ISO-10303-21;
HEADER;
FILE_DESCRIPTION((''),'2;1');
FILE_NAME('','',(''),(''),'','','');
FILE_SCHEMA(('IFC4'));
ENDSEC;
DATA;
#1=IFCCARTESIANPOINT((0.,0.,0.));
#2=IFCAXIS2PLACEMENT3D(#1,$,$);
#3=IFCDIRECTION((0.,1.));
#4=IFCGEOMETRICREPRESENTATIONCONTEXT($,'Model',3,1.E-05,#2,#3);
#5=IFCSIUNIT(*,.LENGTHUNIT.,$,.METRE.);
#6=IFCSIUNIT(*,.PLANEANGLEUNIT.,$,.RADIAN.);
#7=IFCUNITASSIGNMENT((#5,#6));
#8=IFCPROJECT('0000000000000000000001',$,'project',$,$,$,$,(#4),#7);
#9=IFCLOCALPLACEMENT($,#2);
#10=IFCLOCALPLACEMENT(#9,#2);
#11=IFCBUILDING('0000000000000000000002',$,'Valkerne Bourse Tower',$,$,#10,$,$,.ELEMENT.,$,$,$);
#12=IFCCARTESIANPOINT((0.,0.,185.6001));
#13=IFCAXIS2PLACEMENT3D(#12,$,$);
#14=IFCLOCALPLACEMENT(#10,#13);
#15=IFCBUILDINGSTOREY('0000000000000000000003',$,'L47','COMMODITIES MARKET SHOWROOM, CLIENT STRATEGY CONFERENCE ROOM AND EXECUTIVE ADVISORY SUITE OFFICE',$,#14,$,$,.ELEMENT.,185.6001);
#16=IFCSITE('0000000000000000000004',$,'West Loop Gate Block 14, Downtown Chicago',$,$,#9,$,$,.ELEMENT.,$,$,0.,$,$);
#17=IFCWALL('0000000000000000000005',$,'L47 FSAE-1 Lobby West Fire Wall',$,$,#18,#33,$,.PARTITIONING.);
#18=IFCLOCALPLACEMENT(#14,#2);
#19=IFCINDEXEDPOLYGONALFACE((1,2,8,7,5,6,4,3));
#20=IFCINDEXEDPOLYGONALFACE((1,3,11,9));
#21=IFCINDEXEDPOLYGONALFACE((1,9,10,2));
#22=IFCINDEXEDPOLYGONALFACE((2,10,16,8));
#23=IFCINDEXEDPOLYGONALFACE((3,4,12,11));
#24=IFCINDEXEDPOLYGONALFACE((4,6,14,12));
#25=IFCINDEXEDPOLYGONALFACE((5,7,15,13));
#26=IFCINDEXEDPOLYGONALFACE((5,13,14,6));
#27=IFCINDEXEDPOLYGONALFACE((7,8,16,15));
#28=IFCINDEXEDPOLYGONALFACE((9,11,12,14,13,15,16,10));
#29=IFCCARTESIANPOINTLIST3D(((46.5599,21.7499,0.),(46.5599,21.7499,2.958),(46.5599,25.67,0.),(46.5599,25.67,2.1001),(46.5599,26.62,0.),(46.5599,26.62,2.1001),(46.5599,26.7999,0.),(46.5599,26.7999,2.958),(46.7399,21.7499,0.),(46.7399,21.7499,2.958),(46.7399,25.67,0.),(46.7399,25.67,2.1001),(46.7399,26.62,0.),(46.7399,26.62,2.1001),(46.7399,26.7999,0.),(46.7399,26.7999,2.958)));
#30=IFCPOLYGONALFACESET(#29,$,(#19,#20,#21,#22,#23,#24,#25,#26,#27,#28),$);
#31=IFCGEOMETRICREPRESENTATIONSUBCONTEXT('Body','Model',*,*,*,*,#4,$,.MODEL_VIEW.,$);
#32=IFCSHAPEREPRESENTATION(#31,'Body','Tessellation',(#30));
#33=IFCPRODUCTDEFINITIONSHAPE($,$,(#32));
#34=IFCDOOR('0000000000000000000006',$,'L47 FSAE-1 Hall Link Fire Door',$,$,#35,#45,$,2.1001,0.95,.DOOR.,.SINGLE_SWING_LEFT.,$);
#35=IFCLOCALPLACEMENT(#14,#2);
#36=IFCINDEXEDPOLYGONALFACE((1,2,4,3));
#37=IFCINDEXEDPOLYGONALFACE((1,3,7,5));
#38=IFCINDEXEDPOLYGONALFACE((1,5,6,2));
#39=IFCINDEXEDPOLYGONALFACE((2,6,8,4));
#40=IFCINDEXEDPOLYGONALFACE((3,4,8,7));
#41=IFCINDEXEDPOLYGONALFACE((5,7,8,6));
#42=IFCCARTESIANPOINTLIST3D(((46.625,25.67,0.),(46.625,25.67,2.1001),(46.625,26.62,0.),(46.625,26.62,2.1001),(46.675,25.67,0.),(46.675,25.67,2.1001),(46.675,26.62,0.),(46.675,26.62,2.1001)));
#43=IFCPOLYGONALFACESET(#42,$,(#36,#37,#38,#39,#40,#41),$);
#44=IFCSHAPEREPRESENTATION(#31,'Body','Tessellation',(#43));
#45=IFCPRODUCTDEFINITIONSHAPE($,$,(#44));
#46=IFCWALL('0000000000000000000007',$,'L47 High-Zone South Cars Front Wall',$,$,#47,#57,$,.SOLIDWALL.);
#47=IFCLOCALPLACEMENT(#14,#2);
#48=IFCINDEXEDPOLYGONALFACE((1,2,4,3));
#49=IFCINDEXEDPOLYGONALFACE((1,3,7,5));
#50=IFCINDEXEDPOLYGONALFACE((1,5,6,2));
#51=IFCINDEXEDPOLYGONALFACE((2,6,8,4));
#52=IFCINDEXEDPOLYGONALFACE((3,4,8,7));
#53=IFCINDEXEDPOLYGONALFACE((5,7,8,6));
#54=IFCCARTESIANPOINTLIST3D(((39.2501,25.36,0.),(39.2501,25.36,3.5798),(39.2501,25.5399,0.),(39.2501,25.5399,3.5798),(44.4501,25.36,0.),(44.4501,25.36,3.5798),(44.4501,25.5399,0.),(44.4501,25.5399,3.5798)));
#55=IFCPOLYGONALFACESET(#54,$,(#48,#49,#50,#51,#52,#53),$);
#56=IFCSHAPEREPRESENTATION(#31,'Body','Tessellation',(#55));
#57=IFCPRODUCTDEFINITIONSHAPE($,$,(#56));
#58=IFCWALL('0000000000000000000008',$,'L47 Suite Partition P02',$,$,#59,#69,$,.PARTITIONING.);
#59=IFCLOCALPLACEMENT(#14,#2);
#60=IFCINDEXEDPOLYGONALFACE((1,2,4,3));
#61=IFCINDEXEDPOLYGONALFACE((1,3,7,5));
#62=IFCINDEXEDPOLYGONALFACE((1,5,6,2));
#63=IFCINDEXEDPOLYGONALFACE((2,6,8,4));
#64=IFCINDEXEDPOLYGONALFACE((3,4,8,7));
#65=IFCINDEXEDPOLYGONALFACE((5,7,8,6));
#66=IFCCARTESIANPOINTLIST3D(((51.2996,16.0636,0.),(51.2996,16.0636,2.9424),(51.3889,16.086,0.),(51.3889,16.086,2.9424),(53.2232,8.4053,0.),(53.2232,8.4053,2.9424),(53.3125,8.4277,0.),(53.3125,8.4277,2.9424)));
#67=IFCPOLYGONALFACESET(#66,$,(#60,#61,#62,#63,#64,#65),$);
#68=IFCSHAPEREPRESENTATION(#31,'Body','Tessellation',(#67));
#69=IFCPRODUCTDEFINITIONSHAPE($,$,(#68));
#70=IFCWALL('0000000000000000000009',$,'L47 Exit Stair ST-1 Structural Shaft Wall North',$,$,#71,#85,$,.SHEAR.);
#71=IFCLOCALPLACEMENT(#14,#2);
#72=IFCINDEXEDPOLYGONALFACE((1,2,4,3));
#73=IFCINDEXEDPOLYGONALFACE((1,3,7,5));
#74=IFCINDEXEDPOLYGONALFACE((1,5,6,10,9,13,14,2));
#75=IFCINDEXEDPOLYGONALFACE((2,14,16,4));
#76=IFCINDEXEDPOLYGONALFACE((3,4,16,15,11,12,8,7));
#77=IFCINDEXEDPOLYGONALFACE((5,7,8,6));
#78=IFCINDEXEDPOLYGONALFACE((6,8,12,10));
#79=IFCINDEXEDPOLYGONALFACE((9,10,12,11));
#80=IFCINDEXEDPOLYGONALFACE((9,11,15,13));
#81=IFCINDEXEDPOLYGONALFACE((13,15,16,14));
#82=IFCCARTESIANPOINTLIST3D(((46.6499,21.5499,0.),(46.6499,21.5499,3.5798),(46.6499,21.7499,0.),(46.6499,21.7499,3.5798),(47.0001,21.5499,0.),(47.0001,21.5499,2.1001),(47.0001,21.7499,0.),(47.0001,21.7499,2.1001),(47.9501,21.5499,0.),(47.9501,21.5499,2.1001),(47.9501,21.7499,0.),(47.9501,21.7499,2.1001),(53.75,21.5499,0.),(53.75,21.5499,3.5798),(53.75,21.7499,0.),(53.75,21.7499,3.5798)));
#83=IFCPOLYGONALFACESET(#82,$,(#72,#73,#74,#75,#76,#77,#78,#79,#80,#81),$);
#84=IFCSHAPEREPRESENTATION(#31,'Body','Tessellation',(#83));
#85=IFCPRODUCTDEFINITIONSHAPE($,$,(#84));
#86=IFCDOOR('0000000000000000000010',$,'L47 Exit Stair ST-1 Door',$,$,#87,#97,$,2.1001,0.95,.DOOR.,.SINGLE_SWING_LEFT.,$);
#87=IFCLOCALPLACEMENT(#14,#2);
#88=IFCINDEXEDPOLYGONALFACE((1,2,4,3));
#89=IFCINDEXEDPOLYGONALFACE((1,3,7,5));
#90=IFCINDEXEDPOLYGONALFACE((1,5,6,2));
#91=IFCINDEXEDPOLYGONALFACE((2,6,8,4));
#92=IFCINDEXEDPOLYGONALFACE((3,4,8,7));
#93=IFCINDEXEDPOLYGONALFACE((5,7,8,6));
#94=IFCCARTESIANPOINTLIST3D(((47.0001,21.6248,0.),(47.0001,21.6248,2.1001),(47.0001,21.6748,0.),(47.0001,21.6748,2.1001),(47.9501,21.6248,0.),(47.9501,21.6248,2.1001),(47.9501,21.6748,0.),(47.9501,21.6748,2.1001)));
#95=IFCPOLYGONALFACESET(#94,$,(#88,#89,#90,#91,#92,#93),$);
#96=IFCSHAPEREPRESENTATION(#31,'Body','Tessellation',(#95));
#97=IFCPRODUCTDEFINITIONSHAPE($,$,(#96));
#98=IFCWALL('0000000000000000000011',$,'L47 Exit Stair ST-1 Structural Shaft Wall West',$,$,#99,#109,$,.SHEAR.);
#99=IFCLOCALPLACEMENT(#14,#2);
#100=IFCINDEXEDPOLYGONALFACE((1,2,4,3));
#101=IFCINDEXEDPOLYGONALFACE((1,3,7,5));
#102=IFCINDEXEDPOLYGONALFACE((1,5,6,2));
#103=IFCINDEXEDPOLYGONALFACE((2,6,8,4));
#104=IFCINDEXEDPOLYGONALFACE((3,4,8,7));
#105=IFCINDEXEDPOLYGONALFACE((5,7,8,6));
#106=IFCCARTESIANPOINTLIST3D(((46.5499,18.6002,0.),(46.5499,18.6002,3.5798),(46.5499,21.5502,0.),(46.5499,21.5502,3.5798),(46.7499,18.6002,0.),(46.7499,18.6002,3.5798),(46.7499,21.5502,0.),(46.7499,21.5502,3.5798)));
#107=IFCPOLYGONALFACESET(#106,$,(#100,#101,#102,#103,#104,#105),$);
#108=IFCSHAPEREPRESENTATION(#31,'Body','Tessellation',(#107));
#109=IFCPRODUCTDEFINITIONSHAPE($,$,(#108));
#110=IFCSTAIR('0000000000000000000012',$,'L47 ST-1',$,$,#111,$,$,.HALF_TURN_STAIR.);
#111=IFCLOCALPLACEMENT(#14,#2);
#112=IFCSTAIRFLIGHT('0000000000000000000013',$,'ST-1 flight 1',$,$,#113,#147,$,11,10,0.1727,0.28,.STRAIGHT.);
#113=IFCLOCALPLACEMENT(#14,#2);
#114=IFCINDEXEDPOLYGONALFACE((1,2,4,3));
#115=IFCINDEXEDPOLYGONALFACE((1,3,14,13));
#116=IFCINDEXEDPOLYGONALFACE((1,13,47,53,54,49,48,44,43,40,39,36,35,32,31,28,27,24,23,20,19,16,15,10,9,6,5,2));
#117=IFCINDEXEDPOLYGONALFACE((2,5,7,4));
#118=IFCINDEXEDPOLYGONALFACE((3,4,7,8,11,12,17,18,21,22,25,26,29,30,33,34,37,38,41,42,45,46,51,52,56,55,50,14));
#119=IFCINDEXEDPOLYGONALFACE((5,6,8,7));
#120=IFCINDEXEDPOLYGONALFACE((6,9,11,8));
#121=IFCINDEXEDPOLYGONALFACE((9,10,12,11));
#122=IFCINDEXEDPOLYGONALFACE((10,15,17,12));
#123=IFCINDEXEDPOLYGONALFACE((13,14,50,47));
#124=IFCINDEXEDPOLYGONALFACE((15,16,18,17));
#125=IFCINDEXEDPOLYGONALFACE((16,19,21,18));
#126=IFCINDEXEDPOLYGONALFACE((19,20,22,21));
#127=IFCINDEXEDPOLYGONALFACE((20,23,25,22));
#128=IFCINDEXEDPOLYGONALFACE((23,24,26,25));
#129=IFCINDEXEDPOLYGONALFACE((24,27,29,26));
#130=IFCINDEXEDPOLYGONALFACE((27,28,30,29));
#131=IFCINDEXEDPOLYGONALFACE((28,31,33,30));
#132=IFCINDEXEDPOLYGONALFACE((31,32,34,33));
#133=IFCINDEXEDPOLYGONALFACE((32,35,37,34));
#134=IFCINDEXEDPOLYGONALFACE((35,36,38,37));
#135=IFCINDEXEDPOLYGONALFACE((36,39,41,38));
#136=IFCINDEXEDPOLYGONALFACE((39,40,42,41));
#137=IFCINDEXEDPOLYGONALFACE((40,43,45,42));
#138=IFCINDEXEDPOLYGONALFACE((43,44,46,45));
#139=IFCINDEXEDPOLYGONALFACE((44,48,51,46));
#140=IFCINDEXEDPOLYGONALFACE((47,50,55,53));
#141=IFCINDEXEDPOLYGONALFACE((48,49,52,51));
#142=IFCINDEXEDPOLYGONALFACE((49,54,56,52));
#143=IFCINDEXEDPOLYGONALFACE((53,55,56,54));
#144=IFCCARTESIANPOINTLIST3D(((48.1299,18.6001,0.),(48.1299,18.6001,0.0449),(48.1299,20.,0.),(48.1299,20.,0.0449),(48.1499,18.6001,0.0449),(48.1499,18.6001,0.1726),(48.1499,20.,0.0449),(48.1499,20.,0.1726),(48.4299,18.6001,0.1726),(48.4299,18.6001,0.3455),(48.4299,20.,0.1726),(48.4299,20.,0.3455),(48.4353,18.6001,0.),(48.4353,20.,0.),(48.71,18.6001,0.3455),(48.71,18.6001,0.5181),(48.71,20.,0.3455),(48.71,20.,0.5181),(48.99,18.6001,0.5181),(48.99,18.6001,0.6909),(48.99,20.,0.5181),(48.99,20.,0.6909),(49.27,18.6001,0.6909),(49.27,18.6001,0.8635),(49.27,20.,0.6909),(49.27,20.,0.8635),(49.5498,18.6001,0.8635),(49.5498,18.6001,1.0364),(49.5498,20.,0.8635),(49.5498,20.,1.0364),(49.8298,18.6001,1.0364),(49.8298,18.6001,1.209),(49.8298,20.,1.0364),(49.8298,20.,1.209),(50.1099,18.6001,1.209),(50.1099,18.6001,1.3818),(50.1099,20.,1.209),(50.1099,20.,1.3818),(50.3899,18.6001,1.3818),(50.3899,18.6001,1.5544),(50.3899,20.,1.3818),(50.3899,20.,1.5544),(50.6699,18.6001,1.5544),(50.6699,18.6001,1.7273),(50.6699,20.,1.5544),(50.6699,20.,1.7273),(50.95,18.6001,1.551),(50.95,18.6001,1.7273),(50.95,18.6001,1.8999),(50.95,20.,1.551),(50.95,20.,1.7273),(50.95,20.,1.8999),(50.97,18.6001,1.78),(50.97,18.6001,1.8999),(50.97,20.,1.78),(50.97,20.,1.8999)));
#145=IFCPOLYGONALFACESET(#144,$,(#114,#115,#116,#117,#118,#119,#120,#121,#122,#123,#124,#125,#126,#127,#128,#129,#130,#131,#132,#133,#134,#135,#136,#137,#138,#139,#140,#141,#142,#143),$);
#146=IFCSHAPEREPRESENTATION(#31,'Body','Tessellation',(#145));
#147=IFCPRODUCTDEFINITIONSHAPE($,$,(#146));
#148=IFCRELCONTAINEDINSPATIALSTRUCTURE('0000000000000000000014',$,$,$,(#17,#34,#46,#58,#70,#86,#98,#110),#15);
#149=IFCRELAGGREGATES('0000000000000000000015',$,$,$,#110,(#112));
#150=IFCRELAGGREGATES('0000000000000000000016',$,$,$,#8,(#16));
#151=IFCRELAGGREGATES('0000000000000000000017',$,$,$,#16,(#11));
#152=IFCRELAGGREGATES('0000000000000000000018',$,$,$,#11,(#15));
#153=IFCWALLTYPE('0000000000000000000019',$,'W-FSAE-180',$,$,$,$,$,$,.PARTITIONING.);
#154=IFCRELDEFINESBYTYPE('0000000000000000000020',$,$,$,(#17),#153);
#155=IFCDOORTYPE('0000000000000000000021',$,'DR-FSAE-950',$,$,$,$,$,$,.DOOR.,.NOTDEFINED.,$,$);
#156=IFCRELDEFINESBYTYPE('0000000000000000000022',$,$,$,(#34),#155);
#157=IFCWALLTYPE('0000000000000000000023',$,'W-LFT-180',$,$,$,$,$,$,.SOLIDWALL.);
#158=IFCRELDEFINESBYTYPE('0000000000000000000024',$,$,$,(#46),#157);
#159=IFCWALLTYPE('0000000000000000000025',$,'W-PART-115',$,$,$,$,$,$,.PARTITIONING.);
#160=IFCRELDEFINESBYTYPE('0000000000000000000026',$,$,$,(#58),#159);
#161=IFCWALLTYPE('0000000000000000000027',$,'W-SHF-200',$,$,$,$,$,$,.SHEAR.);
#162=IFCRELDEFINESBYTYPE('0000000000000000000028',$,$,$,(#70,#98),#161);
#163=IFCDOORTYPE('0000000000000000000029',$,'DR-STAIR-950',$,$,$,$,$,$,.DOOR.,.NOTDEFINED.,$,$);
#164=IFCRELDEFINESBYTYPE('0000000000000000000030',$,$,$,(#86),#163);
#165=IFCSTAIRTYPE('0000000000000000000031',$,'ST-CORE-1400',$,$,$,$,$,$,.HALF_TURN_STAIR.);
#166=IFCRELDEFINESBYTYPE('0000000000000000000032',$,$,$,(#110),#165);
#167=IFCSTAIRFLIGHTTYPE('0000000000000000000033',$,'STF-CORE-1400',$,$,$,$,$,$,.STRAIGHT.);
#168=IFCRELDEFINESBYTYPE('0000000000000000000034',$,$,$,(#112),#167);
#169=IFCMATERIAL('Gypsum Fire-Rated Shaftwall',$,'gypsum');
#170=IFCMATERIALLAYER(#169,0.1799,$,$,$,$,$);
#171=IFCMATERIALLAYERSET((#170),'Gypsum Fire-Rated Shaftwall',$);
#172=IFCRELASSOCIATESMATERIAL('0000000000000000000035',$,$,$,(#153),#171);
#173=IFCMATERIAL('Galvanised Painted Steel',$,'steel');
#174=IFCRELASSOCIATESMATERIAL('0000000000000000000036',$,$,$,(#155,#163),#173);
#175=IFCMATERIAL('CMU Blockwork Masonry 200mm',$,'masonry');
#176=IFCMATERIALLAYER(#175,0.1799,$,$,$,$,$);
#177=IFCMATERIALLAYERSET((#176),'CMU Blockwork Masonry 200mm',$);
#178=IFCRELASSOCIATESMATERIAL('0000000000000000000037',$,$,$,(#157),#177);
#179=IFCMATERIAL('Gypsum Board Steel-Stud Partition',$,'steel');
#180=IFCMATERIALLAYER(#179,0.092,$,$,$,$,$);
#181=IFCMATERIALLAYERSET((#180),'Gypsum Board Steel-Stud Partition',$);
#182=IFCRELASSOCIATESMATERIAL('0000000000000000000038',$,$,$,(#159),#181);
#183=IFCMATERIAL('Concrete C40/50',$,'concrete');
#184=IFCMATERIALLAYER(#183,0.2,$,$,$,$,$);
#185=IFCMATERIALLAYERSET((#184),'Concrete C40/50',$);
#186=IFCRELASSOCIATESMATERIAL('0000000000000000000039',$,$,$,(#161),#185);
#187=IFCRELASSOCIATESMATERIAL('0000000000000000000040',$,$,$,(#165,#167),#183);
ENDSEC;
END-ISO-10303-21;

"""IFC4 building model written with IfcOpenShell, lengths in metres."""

from ifc_helpers import new_model, si_unit, direction, frame, frame_2d, origin, place, context, subcontext, project, spatial, polyline, rectangle, outline, extrude, material, layer, layer_set, type_object, element, fill, aggregate, save


model = new_model("IFC4")

# Units and contexts
model_context = context("Model", 3, precision=1e-05, world=origin(), true_north=direction((0.0, 1.0)))
body_context = subcontext(model_context, "Body", "Model", "MODEL_VIEW")
ifc_project = project(units=[si_unit("LENGTHUNIT", "METRE"), si_unit("PLANEANGLEUNIT", "RADIAN")], contexts=[model_context])

# Site, building, storey
site_placement = place(None, origin())
site = spatial("IfcSite", under=ifc_project, at=site_placement, Name="West Loop Gate Block 14, Downtown Chicago", CompositionType="ELEMENT", RefElevation=0.0)
building_placement = place(site_placement, origin())
building = spatial("IfcBuilding", under=site, at=building_placement, Name="Valkerne Bourse Tower", CompositionType="ELEMENT")
storey_placement = place(building_placement, frame((0.0, 0.0, 185.6001)))
storey = spatial("IfcBuildingStorey", under=building, at=storey_placement, Name="L47", Description="COMMODITIES MARKET SHOWROOM, CLIENT STRATEGY CONFERENCE ROOM AND EXECUTIVE ADVISORY SUITE OFFICE", CompositionType="ELEMENT", Elevation=185.6001)

# Wall, opening, door
ifc_material_1 = material(Name="Gypsum Board Steel-Stud Partition", Category="steel")
ifc_material_2 = material(Name="Galvanised Painted Steel", Category="steel")
ifc_material_3 = material(Name="Gypsum Fire-Rated Shaftwall", Category="gypsum")
ifc_layer_1 = layer(ifc_material_3, 0.1799)
ifc_layer_set_1 = layer_set([ifc_layer_1], Name="Gypsum Fire-Rated Shaftwall")
wall_type_1 = type_object("IfcWallType", Name="W-FSAE-180", PredefinedType="PARTITIONING", material=ifc_layer_set_1)
wall_1_placement = place(storey_placement, frame((46.6499, 21.75, 0.0), z_axis=(0.0, 0.0, 1.0), x_axis=(0.0, 1.0, 0.0)))
wall_1 = element("IfcWall", 1, at=wall_1_placement, inside=storey, type_object=wall_type_1, Name="L47 FSAE-1 Lobby West Fire Wall", PredefinedType="PARTITIONING", context=body_context, shape_type="SweptSolid", body=[
    extrude(rectangle(XDim=5.05, YDim=0.1799, at=frame_2d((2.5249, 0.0))), origin(), (0.0, 0.0, 1.0), 2.958),
])
opening_1_placement = place(wall_1_placement, frame((3.9199, 0.0, 0.0)))
opening_1 = element("IfcOpeningElement", 2, at=opening_1_placement, cuts=wall_1, PredefinedType="OPENING", context=body_context, shape_type="SweptSolid", body=[
    extrude(rectangle(XDim=0.95, YDim=2.1001, at=frame_2d((0.4751, 1.05))), frame((0.0, 0.0999, 0.0), z_axis=(0.0, -1.0, 0.0), x_axis=(1.0, 0.0, 0.0)), (0.0, 0.0, 1.0), 0.2),
])
door_type_1 = type_object("IfcDoorType", Name="DR-FSAE-950", OperationType="NOTDEFINED", PredefinedType="DOOR", material=ifc_material_2)
door_1_placement = place(opening_1_placement, origin())
door_1 = element("IfcDoor", 3, at=door_1_placement, inside=storey, type_object=door_type_1, Name="L47 FSAE-1 Hall Link Fire Door", OperationType="SINGLE_SWING_LEFT", OverallHeight=2.1001, OverallWidth=0.95, PredefinedType="DOOR", context=body_context, shape_type="SweptSolid", body=[
    extrude(rectangle(XDim=0.95, YDim=2.1001, at=frame_2d((0.4751, 1.05))), frame((0.0, 0.0249, 0.0), z_axis=(0.0, -1.0, 0.0), x_axis=(1.0, 0.0, 0.0)), (0.0, 0.0, 1.0), 0.05),
])
fill(opening_1, door_1)

# Walls
ifc_material_4 = material(Name="CMU Blockwork Masonry 200mm", Category="masonry")
ifc_layer_2 = layer(ifc_material_4, 0.1799)
ifc_layer_set_2 = layer_set([ifc_layer_2], Name="CMU Blockwork Masonry 200mm")
wall_type_2 = type_object("IfcWallType", Name="W-LFT-180", PredefinedType="SOLIDWALL", material=ifc_layer_set_2)
wall_2_placement = place(storey_placement, frame((39.25, 25.45, 0.0), z_axis=(0.0, 0.0, 1.0), x_axis=(1.0, 0.0, 0.0)))
element("IfcWall", 4, at=wall_2_placement, inside=storey, type_object=wall_type_2, Name="L47 High-Zone South Cars Front Wall", PredefinedType="SOLIDWALL", context=body_context, shape_type="SweptSolid", body=[
    extrude(rectangle(XDim=5.2, YDim=0.1799, at=frame_2d((2.6001, 0.0))), origin(), (0.0, 0.0, 1.0), 3.5798),
])
ifc_layer_3 = layer(ifc_material_1, 0.092)
ifc_layer_set_3 = layer_set([ifc_layer_3], Name="Gypsum Board Steel-Stud Partition")
wall_type_3 = type_object("IfcWallType", Name="W-PART-115", PredefinedType="PARTITIONING", material=ifc_layer_set_3)
wall_3_placement = place(storey_placement, frame((51.3442, 16.075, 0.0), z_axis=(0.0, 0.0, 1.0), x_axis=(0.243605, -0.969875, 0.0)))
element("IfcWall", 5, at=wall_3_placement, inside=storey, type_object=wall_type_3, Name="L47 Suite Partition P02", PredefinedType="PARTITIONING", context=body_context, shape_type="SweptSolid", body=[
    extrude(rectangle(XDim=7.8962, YDim=0.092, at=frame_2d((3.9482, 0.0))), origin(), (0.0, 0.0, 1.0), 2.9424),
])

# Wall, opening, door
ifc_material_5 = material(Name="Concrete C40/50", Category="concrete")
ifc_layer_4 = layer(ifc_material_5, 0.2)
ifc_layer_set_4 = layer_set([ifc_layer_4], Name="Concrete C40/50")
wall_type_4 = type_object("IfcWallType", Name="W-SHF-200", PredefinedType="SHEAR", material=ifc_layer_set_4)
wall_4_placement = place(storey_placement, frame((46.6499, 21.6499, 0.0), z_axis=(0.0, 0.0, 1.0), x_axis=(1.0, 0.0, 0.0)))
wall_4 = element("IfcWall", 6, at=wall_4_placement, inside=storey, type_object=wall_type_4, Name="L47 Exit Stair ST-1 Structural Shaft Wall North", PredefinedType="SHEAR", context=body_context, shape_type="SweptSolid", body=[
    extrude(rectangle(XDim=7.1001, YDim=0.2, at=frame_2d((3.55, 0.0))), origin(), (0.0, 0.0, 1.0), 3.5798),
])
opening_2_placement = place(wall_4_placement, frame((0.3501, 0.0, 0.0)))
opening_2 = element("IfcOpeningElement", 7, at=opening_2_placement, cuts=wall_4, PredefinedType="OPENING", context=body_context, shape_type="SweptSolid", body=[
    extrude(rectangle(XDim=0.95, YDim=2.1001, at=frame_2d((0.4751, 1.05))), frame((0.0, 0.1099, 0.0), z_axis=(0.0, -1.0, 0.0), x_axis=(1.0, 0.0, 0.0)), (0.0, 0.0, 1.0), 0.22),
])
door_type_2 = type_object("IfcDoorType", Name="DR-STAIR-950", OperationType="NOTDEFINED", PredefinedType="DOOR", material=ifc_material_2)
door_2_placement = place(opening_2_placement, origin())
door_2 = element("IfcDoor", 8, at=door_2_placement, inside=storey, type_object=door_type_2, Name="L47 Exit Stair ST-1 Door", OperationType="SINGLE_SWING_LEFT", OverallHeight=2.1001, OverallWidth=0.95, PredefinedType="DOOR", context=body_context, shape_type="SweptSolid", body=[
    extrude(rectangle(XDim=0.95, YDim=2.1001, at=frame_2d((0.4751, 1.05))), frame((0.0, 0.0249, 0.0), z_axis=(0.0, -1.0, 0.0), x_axis=(1.0, 0.0, 0.0)), (0.0, 0.0, 1.0), 0.05),
])
fill(opening_2, door_2)

# Wall
wall_5_placement = place(storey_placement, frame((46.6499, 18.6001, 0.0), z_axis=(0.0, 0.0, 1.0), x_axis=(0.0, 1.0, 0.0)))
element("IfcWall", 9, at=wall_5_placement, inside=storey, type_object=wall_type_4, Name="L47 Exit Stair ST-1 Structural Shaft Wall West", PredefinedType="SHEAR", context=body_context, shape_type="SweptSolid", body=[
    extrude(rectangle(XDim=2.95, YDim=0.2, at=frame_2d((1.4751, 0.0))), origin(), (0.0, 0.0, 1.0), 3.5798),
])

# Stair, stair flight
stair_type = type_object("IfcStairType", Name="ST-CORE-1400", PredefinedType="HALF_TURN_STAIR", material=ifc_material_5)
stair_placement = place(storey_placement, origin())
stair = element("IfcStair", 10, at=stair_placement, inside=storey, type_object=stair_type, Name="L47 ST-1", PredefinedType="HALF_TURN_STAIR")
stair_flight_type = type_object("IfcStairFlightType", Name="STF-CORE-1400", PredefinedType="STRAIGHT", material=ifc_material_5)
stair_flight_1_placement = place(storey_placement, frame((48.1499, 19.3, 0.0), z_axis=(0.0, 0.0, 1.0), x_axis=(1.0, 0.0, 0.0)))
stair_flight_1 = element("IfcStairFlight", 11, at=stair_flight_1_placement, type_object=stair_flight_type, Name="ST-1 flight 1", NumberOfRisers=11, NumberOfTreads=10, PredefinedType="STRAIGHT", RiserHeight=0.1727, TreadLength=0.28, context=body_context, shape_type="SweptSolid", body=[
    extrude(outline(polyline([(-0.02, 0.0), (-0.02, 0.0449), (0.0, 0.0449), (0.0, 0.1726), (0.28, 0.1726), (0.28, 0.3455), (0.5601, 0.3455), (0.5601, 0.5181), (0.8401, 0.5181), (0.8401, 0.6909), (1.1201, 0.6909), (1.1201, 0.8635), (1.3999, 0.8635), (1.3999, 1.0364), (1.6799, 1.0364), (1.6799, 1.209), (1.96, 1.209), (1.96, 1.3818), (2.24, 1.3818), (2.24, 1.5544), (2.52, 1.5544), (2.52, 1.7273), (2.8, 1.7273), (2.8, 1.8999), (2.8201, 1.8999), (2.8201, 1.78), (2.8, 1.551), (0.2854, 0.0), (-0.02, 0.0)])), frame((0.0, 0.7, 0.0), z_axis=(0.0, -1.0, 0.0), x_axis=(1.0, 0.0, 0.0)), (0.0, 0.0, 1.0), 1.3999),
])
aggregate(stair, [stair_flight_1])

save(model, "model.ifc")
